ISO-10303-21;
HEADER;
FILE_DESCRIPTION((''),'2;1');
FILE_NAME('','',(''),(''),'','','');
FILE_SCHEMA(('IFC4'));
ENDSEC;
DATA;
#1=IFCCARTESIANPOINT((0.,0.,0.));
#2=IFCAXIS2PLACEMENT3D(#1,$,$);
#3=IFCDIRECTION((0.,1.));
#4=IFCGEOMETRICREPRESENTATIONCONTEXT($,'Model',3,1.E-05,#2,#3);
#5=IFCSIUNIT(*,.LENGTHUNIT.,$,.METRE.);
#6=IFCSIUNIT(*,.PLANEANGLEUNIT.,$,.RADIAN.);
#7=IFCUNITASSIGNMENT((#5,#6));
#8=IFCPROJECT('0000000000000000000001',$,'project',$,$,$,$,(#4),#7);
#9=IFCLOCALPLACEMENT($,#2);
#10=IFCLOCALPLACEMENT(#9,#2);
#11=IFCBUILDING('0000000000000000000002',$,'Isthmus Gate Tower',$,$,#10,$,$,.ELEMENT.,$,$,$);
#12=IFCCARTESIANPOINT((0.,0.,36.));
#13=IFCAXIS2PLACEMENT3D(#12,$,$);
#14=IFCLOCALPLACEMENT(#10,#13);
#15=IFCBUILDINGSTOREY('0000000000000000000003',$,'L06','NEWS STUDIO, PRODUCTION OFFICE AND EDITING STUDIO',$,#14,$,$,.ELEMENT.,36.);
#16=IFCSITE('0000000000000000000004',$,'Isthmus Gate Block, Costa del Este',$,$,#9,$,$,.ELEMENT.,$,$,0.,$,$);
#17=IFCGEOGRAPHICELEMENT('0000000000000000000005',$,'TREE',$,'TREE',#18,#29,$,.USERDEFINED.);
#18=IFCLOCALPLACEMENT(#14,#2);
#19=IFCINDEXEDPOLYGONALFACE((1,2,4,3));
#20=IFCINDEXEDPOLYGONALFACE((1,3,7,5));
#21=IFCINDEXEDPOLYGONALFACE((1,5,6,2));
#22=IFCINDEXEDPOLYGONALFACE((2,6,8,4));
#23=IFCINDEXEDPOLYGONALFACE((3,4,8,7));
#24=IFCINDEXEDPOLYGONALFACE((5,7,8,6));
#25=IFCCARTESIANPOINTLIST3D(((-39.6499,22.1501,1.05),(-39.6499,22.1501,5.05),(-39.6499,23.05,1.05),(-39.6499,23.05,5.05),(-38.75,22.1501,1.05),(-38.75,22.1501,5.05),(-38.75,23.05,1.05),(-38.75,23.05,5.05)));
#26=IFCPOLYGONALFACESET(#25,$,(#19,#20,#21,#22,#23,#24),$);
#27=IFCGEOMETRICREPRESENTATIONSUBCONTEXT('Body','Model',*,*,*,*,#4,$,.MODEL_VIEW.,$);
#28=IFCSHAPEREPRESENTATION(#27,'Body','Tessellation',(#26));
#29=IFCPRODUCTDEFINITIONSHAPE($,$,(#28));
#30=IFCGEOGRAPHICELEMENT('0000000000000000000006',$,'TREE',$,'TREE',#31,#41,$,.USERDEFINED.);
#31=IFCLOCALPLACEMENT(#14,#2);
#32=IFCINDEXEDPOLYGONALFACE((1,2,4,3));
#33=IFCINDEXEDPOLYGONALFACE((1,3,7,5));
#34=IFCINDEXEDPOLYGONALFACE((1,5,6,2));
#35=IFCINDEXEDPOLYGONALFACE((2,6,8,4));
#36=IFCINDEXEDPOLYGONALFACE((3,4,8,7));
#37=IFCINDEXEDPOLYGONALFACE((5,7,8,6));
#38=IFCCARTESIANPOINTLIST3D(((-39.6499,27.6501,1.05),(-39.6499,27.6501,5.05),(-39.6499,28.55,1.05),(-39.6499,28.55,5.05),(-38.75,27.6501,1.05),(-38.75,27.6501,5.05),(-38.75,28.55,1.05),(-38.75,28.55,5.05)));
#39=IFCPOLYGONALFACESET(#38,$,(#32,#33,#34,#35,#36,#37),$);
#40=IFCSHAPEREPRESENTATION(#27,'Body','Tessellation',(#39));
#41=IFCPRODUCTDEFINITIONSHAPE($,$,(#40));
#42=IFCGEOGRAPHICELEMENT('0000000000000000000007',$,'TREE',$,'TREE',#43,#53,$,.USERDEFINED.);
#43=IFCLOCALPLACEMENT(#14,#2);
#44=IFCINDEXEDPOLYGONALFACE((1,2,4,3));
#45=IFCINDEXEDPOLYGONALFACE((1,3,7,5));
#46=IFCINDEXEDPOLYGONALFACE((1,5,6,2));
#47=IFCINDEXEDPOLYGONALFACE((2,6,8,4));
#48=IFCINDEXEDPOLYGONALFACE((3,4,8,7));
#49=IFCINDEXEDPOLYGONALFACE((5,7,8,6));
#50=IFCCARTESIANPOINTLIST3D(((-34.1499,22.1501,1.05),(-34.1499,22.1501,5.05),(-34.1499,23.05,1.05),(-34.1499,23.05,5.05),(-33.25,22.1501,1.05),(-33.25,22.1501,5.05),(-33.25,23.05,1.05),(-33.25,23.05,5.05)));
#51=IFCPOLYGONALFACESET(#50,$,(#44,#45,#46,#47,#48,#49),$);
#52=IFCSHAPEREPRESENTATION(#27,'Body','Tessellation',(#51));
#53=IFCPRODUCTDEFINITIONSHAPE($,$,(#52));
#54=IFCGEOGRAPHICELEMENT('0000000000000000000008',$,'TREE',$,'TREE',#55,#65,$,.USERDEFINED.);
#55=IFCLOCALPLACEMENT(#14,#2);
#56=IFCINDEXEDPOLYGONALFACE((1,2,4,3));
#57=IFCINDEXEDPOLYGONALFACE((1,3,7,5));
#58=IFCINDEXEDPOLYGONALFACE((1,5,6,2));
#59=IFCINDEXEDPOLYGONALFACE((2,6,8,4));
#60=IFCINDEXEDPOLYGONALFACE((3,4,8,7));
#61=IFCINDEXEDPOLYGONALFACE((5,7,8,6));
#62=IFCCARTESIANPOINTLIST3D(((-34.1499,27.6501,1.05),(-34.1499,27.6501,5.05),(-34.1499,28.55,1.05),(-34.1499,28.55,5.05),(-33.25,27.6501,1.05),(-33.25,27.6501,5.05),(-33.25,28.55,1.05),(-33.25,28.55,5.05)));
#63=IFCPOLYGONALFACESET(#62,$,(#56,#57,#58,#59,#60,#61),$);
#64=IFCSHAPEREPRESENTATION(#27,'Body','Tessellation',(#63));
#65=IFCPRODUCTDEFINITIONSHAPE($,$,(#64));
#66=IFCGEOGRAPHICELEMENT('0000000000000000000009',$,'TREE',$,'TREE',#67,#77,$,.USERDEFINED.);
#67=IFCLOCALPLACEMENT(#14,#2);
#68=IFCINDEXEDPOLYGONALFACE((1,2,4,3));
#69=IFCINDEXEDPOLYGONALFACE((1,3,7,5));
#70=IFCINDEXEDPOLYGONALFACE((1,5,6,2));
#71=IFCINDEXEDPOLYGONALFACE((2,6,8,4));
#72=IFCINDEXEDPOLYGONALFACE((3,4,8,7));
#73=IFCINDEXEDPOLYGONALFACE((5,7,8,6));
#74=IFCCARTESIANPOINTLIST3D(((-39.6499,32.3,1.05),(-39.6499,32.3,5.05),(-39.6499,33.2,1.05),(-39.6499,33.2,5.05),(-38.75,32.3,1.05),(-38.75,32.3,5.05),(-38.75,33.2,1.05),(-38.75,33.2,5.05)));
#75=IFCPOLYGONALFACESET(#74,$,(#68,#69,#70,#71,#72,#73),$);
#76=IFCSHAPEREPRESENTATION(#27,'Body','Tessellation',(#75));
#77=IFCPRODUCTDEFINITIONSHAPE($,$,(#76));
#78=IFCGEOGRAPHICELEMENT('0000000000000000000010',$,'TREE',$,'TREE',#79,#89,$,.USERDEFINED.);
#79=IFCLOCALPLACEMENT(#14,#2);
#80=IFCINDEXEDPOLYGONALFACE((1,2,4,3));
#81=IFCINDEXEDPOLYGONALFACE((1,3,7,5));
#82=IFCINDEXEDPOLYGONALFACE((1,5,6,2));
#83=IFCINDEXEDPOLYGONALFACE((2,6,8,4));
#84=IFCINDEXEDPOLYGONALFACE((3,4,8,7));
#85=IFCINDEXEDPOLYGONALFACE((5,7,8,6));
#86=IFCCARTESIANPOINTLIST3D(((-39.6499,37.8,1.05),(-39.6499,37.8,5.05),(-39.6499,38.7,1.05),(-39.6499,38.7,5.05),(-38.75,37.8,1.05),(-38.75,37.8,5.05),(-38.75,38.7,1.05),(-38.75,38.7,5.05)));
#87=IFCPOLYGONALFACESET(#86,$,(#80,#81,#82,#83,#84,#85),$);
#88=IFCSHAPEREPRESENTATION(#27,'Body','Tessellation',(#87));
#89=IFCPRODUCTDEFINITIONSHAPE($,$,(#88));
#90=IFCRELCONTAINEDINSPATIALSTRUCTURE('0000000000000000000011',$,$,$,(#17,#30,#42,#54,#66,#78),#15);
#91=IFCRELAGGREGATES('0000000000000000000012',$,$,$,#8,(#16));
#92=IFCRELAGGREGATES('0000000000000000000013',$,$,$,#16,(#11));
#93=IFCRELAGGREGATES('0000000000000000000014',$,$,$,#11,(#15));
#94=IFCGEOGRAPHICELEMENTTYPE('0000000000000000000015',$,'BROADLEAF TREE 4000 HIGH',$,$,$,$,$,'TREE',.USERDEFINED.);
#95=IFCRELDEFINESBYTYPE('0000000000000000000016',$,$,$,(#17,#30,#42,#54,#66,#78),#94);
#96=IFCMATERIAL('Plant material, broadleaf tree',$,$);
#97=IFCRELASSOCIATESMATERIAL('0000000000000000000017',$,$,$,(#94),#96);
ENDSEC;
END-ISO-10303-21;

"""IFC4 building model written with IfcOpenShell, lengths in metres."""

from ifc_helpers import new_model, si_unit, direction, frame, origin, origin_2d, place, context, subcontext, project, spatial, rectangle, extrude, material, type_object, element, save


model = new_model("IFC4")

# Units and contexts
model_context = context("Model", 3, precision=1e-05, world=origin(), true_north=direction((0.0, 1.0)))
body_context = subcontext(model_context, "Body", "Model", "MODEL_VIEW")
ifc_project = project(units=[si_unit("LENGTHUNIT", "METRE"), si_unit("PLANEANGLEUNIT", "RADIAN")], contexts=[model_context])

# Site, building, storey
site_placement = place(None, origin())
site = spatial("IfcSite", under=ifc_project, at=site_placement, Name="Isthmus Gate Block, Costa del Este", CompositionType="ELEMENT", RefElevation=0.0)
building_placement = place(site_placement, origin())
building = spatial("IfcBuilding", under=site, at=building_placement, Name="Isthmus Gate Tower", CompositionType="ELEMENT")
storey_placement = place(building_placement, frame((0.0, 0.0, 36.0)))
storey = spatial("IfcBuildingStorey", under=building, at=storey_placement, Name="L06", Description="NEWS STUDIO, PRODUCTION OFFICE AND EDITING STUDIO", CompositionType="ELEMENT", Elevation=36.0)

# Geographic elements
ifc_material_1 = material(Name="Plant material, broadleaf tree")
geographic_element_type = type_object("IfcGeographicElementType", Name="BROADLEAF TREE 4000 HIGH", ElementType="TREE", PredefinedType="USERDEFINED", material=ifc_material_1)
for number, where, z_axis, x_axis, name in (
    (1, (-39.2, 22.6001, 1.05), (0.0, 0.0, 1.0), (1.0, 0.0, 0.0), "TREE"),
    (2, (-39.2, 28.1001, 1.05), (0.0, 0.0, 1.0), (1.0, 0.0, 0.0), "TREE"),
    (3, (-33.7, 22.6001, 1.05), (0.0, 0.0, 1.0), (1.0, 0.0, 0.0), "TREE"),
    (4, (-33.7, 28.1001, 1.05), (0.0, 0.0, 1.0), (1.0, 0.0, 0.0), "TREE"),
    (5, (-39.2, 32.75, 1.05), (0.0, 0.0, 1.0), (1.0, 0.0, 0.0), "TREE"),
    (6, (-39.2, 38.25, 1.05), (0.0, 0.0, 1.0), (1.0, 0.0, 0.0), "TREE"),
):
    element("IfcGeographicElement", number, at=place(storey_placement, frame(where, z_axis=z_axis, x_axis=x_axis)), inside=storey, type_object=geographic_element_type, Name=name, ObjectType="TREE", PredefinedType="USERDEFINED", context=body_context, shape_type="SweptSolid", body=[
        extrude(rectangle(XDim=0.8999, YDim=0.8999, at=origin_2d()), origin(), (0.0, 0.0, 1.0), 4.0),
    ])

save(model, "model.ifc")
